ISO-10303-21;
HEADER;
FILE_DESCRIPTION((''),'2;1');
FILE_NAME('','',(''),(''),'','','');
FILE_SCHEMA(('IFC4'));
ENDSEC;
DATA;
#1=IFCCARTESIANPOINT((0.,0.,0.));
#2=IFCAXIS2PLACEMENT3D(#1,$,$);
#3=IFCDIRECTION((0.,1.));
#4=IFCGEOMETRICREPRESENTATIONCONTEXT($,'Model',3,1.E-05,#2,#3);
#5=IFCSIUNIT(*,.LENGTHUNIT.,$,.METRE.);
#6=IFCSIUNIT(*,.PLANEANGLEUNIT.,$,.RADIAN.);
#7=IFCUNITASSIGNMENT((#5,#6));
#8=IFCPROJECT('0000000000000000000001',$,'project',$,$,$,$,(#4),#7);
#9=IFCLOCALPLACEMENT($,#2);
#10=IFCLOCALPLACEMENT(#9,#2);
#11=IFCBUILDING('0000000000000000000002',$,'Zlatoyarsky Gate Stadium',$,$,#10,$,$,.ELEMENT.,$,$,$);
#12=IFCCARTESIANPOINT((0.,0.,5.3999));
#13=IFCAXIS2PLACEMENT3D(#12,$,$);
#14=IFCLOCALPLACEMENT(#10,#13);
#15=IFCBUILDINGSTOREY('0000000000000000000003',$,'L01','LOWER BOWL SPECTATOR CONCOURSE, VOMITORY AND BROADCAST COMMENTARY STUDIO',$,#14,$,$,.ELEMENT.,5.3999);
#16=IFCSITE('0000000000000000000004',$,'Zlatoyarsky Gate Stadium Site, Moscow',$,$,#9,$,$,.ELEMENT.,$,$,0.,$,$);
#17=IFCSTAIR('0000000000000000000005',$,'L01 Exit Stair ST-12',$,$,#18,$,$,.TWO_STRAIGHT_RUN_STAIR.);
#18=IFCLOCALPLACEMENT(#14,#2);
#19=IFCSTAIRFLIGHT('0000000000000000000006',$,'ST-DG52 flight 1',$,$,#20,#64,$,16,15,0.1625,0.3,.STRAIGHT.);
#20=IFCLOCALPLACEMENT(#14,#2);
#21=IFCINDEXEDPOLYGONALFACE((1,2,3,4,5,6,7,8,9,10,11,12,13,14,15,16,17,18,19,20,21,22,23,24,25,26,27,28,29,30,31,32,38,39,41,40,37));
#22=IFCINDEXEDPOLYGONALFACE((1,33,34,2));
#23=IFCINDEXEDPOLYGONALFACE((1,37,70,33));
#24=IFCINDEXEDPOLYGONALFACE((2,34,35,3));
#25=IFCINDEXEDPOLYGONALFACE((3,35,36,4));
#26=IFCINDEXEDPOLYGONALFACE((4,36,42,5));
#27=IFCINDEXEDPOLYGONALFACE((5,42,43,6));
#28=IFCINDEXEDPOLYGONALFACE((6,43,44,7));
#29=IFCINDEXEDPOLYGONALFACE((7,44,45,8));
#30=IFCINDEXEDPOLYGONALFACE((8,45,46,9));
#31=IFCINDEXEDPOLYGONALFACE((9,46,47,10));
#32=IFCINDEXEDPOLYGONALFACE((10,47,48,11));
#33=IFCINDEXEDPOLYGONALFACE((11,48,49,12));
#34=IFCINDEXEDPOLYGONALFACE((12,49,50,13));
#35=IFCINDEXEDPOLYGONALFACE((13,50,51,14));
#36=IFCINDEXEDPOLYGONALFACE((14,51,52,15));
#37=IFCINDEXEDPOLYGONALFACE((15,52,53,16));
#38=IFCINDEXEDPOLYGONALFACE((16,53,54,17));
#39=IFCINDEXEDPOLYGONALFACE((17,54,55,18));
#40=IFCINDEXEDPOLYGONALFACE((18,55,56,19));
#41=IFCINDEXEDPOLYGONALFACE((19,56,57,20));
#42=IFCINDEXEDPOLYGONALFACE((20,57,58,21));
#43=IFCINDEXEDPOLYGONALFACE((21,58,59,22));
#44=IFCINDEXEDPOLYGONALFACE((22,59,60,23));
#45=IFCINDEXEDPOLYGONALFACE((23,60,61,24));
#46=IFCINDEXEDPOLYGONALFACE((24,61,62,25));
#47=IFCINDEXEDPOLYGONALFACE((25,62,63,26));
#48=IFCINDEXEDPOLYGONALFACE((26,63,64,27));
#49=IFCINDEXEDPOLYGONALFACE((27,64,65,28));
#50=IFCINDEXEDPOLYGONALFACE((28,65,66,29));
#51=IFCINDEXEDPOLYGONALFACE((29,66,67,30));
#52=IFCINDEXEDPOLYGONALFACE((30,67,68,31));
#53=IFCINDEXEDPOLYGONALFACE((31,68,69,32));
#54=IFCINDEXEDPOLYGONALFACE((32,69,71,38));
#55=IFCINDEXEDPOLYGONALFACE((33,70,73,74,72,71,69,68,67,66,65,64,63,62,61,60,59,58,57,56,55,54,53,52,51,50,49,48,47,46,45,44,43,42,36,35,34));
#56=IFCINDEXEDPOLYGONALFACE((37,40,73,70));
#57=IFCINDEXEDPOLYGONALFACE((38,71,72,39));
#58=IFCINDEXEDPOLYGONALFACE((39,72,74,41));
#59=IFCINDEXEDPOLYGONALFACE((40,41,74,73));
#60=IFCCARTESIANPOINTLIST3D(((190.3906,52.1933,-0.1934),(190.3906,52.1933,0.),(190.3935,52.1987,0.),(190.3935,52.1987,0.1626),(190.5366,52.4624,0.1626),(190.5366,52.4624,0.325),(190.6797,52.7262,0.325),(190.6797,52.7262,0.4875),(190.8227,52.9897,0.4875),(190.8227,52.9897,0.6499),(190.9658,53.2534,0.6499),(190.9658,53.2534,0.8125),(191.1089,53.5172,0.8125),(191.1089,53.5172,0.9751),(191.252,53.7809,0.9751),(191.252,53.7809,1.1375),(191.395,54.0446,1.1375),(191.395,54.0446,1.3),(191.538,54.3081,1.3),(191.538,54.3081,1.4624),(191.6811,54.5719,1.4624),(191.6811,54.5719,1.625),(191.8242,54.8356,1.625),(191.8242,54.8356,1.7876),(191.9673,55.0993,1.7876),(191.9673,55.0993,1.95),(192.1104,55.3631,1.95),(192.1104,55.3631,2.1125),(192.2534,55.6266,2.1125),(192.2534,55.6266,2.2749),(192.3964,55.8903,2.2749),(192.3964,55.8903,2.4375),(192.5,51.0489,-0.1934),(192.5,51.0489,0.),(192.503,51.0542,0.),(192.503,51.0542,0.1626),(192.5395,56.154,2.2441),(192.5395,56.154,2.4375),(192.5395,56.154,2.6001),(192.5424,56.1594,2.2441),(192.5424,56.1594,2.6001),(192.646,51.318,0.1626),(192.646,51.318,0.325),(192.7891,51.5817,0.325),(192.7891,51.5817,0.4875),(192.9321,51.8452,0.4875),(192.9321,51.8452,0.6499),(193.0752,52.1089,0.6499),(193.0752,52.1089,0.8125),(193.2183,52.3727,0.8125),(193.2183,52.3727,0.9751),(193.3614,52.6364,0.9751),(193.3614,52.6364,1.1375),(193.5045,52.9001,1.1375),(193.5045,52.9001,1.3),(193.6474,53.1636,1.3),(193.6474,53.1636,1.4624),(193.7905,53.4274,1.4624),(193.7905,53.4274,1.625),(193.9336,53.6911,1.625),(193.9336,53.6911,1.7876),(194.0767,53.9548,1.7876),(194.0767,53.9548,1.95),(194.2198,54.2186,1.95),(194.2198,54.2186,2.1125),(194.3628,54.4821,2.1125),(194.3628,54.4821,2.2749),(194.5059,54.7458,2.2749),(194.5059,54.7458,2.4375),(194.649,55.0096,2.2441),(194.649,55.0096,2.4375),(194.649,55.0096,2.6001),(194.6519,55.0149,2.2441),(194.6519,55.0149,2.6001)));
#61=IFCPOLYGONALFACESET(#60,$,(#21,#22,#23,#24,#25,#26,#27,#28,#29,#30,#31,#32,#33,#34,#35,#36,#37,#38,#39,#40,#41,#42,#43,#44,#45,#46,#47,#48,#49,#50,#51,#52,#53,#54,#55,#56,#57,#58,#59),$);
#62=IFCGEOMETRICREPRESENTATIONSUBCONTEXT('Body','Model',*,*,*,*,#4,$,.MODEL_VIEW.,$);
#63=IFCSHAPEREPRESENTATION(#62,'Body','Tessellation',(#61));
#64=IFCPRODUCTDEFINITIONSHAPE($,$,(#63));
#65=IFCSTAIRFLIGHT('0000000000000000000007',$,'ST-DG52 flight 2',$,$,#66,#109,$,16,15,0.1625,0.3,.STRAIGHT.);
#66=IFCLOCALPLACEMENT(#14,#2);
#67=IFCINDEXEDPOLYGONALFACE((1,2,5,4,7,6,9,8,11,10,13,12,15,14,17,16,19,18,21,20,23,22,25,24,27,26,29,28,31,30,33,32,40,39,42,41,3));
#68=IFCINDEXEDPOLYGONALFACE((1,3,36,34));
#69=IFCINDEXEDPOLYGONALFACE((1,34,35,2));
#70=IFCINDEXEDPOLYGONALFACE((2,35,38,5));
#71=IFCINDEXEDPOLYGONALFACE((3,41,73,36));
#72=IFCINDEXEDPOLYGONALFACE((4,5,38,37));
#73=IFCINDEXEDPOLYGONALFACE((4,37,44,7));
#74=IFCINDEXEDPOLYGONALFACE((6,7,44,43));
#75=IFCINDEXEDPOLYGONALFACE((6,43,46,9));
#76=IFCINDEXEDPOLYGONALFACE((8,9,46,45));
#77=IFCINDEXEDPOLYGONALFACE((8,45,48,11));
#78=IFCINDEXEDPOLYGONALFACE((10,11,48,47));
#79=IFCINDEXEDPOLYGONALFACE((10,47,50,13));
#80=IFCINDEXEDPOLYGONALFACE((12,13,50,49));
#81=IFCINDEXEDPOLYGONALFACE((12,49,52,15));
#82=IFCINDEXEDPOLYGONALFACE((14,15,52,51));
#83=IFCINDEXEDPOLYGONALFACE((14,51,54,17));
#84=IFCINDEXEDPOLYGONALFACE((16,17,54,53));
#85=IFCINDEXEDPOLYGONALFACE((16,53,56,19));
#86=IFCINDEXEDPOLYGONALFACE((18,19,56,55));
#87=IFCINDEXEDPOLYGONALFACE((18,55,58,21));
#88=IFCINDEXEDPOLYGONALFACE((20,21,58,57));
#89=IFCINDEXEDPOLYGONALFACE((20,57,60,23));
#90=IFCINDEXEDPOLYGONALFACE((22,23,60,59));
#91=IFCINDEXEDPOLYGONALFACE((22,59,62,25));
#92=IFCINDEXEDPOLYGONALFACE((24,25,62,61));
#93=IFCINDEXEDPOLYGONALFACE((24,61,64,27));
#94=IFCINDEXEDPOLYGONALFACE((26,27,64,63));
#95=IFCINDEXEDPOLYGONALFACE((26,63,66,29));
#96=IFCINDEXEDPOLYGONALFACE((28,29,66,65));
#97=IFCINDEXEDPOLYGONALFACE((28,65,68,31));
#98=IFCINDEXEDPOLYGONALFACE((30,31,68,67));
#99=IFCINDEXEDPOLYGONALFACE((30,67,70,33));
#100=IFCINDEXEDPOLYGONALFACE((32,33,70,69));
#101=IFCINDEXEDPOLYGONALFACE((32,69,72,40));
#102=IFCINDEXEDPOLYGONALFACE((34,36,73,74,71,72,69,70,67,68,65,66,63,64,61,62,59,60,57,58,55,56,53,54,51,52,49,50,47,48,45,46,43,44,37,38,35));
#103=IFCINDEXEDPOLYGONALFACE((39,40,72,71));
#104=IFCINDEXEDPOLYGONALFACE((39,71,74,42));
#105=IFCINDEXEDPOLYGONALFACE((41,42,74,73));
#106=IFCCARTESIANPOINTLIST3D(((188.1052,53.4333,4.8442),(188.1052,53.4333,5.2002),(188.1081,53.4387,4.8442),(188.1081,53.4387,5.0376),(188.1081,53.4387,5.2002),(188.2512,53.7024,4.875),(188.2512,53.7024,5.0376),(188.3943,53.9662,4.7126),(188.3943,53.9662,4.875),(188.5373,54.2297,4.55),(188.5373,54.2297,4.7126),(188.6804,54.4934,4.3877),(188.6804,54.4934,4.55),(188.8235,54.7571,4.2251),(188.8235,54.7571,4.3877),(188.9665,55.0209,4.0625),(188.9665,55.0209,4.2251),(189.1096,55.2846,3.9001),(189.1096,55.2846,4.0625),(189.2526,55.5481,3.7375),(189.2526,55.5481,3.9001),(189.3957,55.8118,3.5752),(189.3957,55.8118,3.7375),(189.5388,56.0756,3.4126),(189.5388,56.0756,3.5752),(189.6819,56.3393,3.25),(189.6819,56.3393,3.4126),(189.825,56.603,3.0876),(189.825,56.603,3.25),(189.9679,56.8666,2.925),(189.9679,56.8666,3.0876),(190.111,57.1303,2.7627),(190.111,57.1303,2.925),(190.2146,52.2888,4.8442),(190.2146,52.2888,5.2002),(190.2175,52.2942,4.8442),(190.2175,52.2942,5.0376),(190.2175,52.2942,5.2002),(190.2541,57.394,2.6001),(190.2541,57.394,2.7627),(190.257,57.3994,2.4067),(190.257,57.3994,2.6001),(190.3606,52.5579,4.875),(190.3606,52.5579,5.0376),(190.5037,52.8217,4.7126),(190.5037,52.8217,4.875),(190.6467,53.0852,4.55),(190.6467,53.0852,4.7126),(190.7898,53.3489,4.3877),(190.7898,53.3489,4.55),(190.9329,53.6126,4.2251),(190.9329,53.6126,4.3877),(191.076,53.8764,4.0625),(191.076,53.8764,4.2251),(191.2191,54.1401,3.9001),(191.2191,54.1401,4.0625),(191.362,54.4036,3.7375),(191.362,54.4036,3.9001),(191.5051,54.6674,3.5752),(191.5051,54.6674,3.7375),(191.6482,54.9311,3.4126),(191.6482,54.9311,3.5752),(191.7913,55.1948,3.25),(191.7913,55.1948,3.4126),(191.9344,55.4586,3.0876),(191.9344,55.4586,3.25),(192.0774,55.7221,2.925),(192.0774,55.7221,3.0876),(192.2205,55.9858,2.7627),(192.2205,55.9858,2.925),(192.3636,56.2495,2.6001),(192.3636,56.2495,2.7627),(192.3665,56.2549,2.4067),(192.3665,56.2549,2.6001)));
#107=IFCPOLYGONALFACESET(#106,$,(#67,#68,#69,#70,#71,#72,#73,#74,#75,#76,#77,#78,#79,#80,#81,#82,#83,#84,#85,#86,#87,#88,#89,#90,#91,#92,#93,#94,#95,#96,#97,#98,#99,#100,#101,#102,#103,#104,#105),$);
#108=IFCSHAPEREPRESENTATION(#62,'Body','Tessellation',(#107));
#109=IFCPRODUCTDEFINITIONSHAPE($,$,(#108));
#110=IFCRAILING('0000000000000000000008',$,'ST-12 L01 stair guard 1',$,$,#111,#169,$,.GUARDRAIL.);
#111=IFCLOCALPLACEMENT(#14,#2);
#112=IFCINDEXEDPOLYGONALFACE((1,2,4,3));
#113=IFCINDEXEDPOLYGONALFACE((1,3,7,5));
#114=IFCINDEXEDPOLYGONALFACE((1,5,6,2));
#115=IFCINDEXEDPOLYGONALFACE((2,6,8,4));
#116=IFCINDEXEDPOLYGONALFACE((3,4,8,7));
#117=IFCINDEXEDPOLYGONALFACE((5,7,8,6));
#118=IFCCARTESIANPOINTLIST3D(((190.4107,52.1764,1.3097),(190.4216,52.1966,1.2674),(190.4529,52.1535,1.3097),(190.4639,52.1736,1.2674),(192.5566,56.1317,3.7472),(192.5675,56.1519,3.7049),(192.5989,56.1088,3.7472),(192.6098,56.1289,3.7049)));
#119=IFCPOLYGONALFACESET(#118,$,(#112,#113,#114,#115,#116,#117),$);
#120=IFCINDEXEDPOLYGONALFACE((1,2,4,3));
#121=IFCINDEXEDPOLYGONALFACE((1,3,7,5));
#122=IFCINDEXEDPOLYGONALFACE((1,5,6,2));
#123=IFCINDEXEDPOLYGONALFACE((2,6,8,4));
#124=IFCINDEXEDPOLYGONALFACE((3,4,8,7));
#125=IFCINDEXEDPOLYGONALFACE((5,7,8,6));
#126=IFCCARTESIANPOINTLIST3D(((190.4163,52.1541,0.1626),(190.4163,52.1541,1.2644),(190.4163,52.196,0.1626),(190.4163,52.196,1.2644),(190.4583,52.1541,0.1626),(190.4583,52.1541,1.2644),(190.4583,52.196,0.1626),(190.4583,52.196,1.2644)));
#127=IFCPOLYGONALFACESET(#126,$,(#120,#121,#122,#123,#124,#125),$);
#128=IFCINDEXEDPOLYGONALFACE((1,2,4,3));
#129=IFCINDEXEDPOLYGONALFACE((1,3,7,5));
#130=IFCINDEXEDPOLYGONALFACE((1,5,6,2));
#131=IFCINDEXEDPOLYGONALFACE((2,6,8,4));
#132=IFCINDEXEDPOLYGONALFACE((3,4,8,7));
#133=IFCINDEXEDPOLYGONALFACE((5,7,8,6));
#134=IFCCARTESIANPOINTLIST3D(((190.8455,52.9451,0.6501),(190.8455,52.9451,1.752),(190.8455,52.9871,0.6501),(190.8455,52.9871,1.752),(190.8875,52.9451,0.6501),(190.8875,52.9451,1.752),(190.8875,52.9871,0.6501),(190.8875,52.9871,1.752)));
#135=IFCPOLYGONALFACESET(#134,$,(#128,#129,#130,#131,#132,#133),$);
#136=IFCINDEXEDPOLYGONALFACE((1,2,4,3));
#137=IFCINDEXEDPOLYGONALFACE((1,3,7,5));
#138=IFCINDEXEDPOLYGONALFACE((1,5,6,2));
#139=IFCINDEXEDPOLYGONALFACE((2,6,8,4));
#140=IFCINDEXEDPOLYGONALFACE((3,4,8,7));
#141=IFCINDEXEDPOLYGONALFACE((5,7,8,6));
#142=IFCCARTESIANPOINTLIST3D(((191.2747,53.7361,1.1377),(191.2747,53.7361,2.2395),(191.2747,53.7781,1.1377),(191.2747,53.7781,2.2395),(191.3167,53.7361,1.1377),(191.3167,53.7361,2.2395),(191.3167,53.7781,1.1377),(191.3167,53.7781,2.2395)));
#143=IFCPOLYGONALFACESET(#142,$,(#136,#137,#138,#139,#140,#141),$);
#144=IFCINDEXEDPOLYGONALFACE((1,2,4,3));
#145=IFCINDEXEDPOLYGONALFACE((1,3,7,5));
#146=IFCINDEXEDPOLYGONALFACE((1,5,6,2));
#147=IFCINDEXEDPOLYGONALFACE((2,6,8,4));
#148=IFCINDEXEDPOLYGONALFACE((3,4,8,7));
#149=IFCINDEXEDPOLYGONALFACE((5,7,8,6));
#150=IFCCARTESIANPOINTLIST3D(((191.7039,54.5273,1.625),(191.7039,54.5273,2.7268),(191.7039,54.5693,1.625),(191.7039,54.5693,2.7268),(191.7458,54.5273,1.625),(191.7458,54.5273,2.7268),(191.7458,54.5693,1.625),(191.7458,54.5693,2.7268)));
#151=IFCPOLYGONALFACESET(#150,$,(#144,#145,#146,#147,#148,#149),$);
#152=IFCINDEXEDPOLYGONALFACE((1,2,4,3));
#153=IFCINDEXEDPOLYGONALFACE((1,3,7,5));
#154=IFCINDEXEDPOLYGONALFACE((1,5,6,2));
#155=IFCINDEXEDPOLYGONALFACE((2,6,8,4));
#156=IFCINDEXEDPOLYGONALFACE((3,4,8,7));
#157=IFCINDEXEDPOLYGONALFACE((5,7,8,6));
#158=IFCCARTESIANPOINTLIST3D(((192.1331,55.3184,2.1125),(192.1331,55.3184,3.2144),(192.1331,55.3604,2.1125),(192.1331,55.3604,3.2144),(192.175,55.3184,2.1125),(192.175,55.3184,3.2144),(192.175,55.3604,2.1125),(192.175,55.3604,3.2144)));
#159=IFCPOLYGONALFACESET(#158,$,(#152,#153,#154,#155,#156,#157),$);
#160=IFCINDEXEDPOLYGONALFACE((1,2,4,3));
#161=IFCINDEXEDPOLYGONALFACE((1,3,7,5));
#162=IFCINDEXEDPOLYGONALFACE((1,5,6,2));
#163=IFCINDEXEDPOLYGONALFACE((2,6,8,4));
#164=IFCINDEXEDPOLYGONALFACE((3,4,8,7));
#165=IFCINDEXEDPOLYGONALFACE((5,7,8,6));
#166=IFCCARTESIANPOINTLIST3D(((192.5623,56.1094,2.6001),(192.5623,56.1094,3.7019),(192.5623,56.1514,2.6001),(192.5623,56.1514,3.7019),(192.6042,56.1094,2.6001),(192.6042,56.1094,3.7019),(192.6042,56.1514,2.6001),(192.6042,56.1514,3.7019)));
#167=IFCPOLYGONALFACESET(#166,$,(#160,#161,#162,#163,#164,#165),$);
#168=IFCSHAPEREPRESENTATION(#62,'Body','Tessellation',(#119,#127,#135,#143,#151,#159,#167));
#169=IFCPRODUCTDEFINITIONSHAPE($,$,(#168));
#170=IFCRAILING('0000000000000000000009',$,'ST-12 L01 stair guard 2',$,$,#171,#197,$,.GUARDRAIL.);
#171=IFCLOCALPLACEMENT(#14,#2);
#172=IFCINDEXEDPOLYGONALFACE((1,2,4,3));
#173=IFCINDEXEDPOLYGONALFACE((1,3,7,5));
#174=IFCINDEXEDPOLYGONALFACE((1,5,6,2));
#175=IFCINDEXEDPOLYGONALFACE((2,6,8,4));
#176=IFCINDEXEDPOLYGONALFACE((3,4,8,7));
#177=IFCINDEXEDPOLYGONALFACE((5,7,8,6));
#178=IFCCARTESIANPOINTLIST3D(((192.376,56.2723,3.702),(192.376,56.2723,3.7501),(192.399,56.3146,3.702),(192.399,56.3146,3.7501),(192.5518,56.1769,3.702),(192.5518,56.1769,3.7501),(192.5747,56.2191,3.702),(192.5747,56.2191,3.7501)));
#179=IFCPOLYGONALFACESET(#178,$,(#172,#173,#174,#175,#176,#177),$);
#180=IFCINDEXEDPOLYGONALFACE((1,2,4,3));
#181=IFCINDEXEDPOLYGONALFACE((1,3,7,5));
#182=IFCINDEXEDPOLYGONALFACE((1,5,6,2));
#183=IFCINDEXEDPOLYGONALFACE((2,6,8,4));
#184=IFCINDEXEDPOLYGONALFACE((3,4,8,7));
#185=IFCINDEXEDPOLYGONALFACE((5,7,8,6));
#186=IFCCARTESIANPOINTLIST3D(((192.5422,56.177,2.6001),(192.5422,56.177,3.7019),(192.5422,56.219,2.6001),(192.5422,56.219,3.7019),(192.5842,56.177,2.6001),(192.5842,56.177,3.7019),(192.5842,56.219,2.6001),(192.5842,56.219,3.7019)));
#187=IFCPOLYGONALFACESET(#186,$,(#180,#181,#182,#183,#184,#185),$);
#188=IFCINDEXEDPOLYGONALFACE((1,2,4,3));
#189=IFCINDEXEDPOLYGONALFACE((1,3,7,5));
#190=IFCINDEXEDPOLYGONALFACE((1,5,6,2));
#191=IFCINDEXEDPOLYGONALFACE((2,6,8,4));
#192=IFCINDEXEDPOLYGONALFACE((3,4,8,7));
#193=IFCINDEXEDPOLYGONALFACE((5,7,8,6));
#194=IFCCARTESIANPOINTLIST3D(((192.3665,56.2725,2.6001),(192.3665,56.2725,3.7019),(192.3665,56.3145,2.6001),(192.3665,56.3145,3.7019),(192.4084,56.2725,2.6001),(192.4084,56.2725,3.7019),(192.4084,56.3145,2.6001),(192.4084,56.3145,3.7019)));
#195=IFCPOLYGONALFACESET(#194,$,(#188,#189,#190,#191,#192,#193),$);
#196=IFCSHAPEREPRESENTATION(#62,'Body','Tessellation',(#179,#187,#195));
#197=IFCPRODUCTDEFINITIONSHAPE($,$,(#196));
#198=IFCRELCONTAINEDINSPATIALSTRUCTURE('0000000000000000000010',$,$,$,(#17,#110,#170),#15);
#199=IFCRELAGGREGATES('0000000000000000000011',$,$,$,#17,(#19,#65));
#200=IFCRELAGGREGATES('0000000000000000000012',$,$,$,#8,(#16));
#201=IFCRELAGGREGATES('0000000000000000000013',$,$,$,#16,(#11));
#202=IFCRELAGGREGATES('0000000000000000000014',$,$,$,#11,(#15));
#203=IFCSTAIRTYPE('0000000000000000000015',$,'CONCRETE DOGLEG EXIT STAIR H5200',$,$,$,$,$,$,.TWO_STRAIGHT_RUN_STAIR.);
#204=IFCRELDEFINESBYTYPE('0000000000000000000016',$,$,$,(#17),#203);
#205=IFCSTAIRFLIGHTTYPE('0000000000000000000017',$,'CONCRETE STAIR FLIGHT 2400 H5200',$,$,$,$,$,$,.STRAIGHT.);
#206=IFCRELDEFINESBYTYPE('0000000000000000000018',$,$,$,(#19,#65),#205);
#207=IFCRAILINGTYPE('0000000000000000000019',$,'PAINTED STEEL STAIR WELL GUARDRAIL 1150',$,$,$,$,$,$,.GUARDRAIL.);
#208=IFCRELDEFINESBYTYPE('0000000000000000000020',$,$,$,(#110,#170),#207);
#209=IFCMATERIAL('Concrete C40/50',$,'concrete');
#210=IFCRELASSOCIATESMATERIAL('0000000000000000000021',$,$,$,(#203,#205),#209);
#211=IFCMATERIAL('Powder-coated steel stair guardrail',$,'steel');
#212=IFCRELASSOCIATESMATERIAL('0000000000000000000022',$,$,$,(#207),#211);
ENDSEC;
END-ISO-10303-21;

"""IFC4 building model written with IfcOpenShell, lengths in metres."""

from ifc_helpers import new_model, si_unit, direction, frame, origin, origin_2d, place, context, subcontext, project, spatial, polyline, rectangle, outline, extrude, material, type_object, element, aggregate, save


model = new_model("IFC4")

# Units and contexts
model_context = context("Model", 3, precision=1e-05, world=origin(), true_north=direction((0.0, 1.0)))
body_context = subcontext(model_context, "Body", "Model", "MODEL_VIEW")
ifc_project = project(units=[si_unit("LENGTHUNIT", "METRE"), si_unit("PLANEANGLEUNIT", "RADIAN")], contexts=[model_context])

# Site, building, storey
site_placement = place(None, origin())
site = spatial("IfcSite", under=ifc_project, at=site_placement, Name="Zlatoyarsky Gate Stadium Site, Moscow", CompositionType="ELEMENT", RefElevation=0.0)
building_placement = place(site_placement, origin())
building = spatial("IfcBuilding", under=site, at=building_placement, Name="Zlatoyarsky Gate Stadium", CompositionType="ELEMENT")
storey_placement = place(building_placement, frame((0.0, 0.0, 5.3999)))
storey = spatial("IfcBuildingStorey", under=building, at=storey_placement, Name="L01", Description="LOWER BOWL SPECTATOR CONCOURSE, VOMITORY AND BROADCAST COMMENTARY STUDIO", CompositionType="ELEMENT", Elevation=5.3999)

# Shared definitions
ifc_material_1 = material(Name="Concrete C40/50", Category="concrete")

# Stair, stair flights
stair_type = type_object("IfcStairType", Name="CONCRETE DOGLEG EXIT STAIR H5200", PredefinedType="TWO_STRAIGHT_RUN_STAIR", material=ifc_material_1)
stair_placement = place(storey_placement, origin())
stair = element("IfcStair", 1, at=stair_placement, inside=storey, type_object=stair_type, Name="L01 Exit Stair ST-12", PredefinedType="TWO_STRAIGHT_RUN_STAIR")
stair_flight_type = type_object("IfcStairFlightType", Name="CONCRETE STAIR FLIGHT 2400 H5200", PredefinedType="STRAIGHT", material=ifc_material_1)
stair_flight_1_placement = place(storey_placement, frame((191.4482, 51.6265, 0.0), z_axis=(0.0, 0.0, 1.0), x_axis=(0.47689, 0.878963, 0.0)))
stair_flight_1 = element("IfcStairFlight", 2, at=stair_flight_1_placement, type_object=stair_flight_type, Name="ST-DG52 flight 1", NumberOfRisers=16, NumberOfTreads=15, PredefinedType="STRAIGHT", RiserHeight=0.1625, TreadLength=0.3, context=body_context, shape_type="SweptSolid", body=[
    extrude(outline(polyline([(-0.0061, -0.1934), (-0.0061, 0.0), (0.0, 0.0), (0.0, 0.1626), (0.3, 0.1626), (0.3, 0.325), (0.6001, 0.325), (0.6001, 0.4875), (0.8999, 0.4875), (0.8999, 0.6499), (1.2, 0.6499), (1.2, 0.8125), (1.5, 0.8125), (1.5, 0.9751), (1.8, 0.9751), (1.8, 1.1375), (2.1001, 1.1375), (2.1001, 1.3), (2.3999, 1.3), (2.3999, 1.4624), (2.7, 1.4624), (2.7, 1.625), (3.0, 1.625), (3.0, 1.7876), (3.3, 1.7876), (3.3, 1.95), (3.6001, 1.95), (3.6001, 2.1125), (3.8999, 2.1125), (3.8999, 2.2749), (4.2, 2.2749), (4.2, 2.4375), (4.5, 2.4375), (4.5, 2.6001), (4.5061, 2.6001), (4.5061, 2.2441), (4.5, 2.2441), (-0.0061, -0.1934)])), frame((0.0, 1.2, 0.0), z_axis=(0.0, -1.0, 0.0), x_axis=(1.0, 0.0, 0.0)), (0.0, 0.0, 1.0), 2.3999),
])
stair_flight_2_placement = place(storey_placement, frame((191.3088, 56.8218, 2.6001), z_axis=(0.0, 0.0, 1.0), x_axis=(-0.47689, -0.878963, 0.0)))
stair_flight_2 = element("IfcStairFlight", 3, at=stair_flight_2_placement, type_object=stair_flight_type, Name="ST-DG52 flight 2", NumberOfRisers=16, NumberOfTreads=15, PredefinedType="STRAIGHT", RiserHeight=0.1625, TreadLength=0.3, context=body_context, shape_type="SweptSolid", body=[
    extrude(outline(polyline([(-0.0061, -0.1934), (-0.0061, 0.0), (0.0, 0.0), (0.0, 0.1626), (0.3, 0.1626), (0.3, 0.325), (0.6001, 0.325), (0.6001, 0.4875), (0.8999, 0.4875), (0.8999, 0.6499), (1.2, 0.6499), (1.2, 0.8125), (1.5, 0.8125), (1.5, 0.9751), (1.8, 0.9751), (1.8, 1.1375), (2.1001, 1.1375), (2.1001, 1.3), (2.3999, 1.3), (2.3999, 1.4624), (2.7, 1.4624), (2.7, 1.625), (3.0, 1.625), (3.0, 1.7876), (3.3, 1.7876), (3.3, 1.95), (3.6001, 1.95), (3.6001, 2.1125), (3.8999, 2.1125), (3.8999, 2.2749), (4.2, 2.2749), (4.2, 2.4375), (4.5, 2.4375), (4.5, 2.6001), (4.5061, 2.6001), (4.5061, 2.2441), (4.5, 2.2441), (-0.0061, -0.1934)])), frame((0.0, 1.2, 0.0), z_axis=(0.0, -1.0, 0.0), x_axis=(1.0, 0.0, 0.0)), (0.0, 0.0, 1.0), 2.3999),
])
aggregate(stair, [stair_flight_1, stair_flight_2])

# Railings
ifc_material_2 = material(Name="Powder-coated steel stair guardrail", Category="steel")
railing_type_1 = type_object("IfcRailingType", Name="PAINTED STEEL STAIR WELL GUARDRAIL 1150", PredefinedType="GUARDRAIL", material=ifc_material_2)
railing_1_placement = place(storey_placement, frame((190.4373, 52.175, 0.1626)))
element("IfcRailing", 4, at=railing_1_placement, inside=storey, type_object=railing_type_1, Name="ST-12 L01 stair guard 1", PredefinedType="GUARDRAIL", context=body_context, shape_type="SweptSolid", body=[
    extrude(rectangle(XDim=0.0481, YDim=0.0481, at=origin_2d()), frame((0.0, 0.0, 1.126), z_axis=(0.419325, 0.772865, 0.476284), x_axis=(-0.878963, 0.47689, 0.0)), (0.0, 0.0, 1.0), 5.1177),
    extrude(rectangle(XDim=0.042, YDim=0.042, at=origin_2d()), origin(), (0.0, 0.0, 1.0), 1.1018),
    extrude(rectangle(XDim=0.042, YDim=0.042, at=origin_2d()), frame((0.4292, 0.791, 0.4875)), (0.0, 0.0, 1.0), 1.1018),
    extrude(rectangle(XDim=0.042, YDim=0.042, at=origin_2d()), frame((0.8584, 1.582, 0.9751)), (0.0, 0.0, 1.0), 1.1018),
    extrude(rectangle(XDim=0.042, YDim=0.042, at=origin_2d()), frame((1.2876, 2.3733, 1.4624)), (0.0, 0.0, 1.0), 1.1018),
    extrude(rectangle(XDim=0.042, YDim=0.042, at=origin_2d()), frame((1.7168, 3.1643, 1.95)), (0.0, 0.0, 1.0), 1.1018),
    extrude(rectangle(XDim=0.042, YDim=0.042, at=origin_2d()), frame((2.146, 3.9553, 2.4375)), (0.0, 0.0, 1.0), 1.1018),
])
railing_2_placement = place(storey_placement, frame((192.5632, 56.198, 2.6001)))
element("IfcRailing", 5, at=railing_2_placement, inside=storey, type_object=railing_type_1, Name="ST-12 L01 stair guard 2", PredefinedType="GUARDRAIL", context=body_context, shape_type="SweptSolid", body=[
    extrude(rectangle(XDim=0.0481, YDim=0.0481, at=origin_2d()), frame((0.0, 0.0, 1.126), z_axis=(-0.87878, 0.477227, 0.0), x_axis=(-0.477227, -0.87878, 0.0)), (0.0, 0.0, 1.0), 0.2),
    extrude(rectangle(XDim=0.042, YDim=0.042, at=origin_2d()), origin(), (0.0, 0.0, 1.0), 1.1018),
    extrude(rectangle(XDim=0.042, YDim=0.042, at=origin_2d()), frame((-0.1758, 0.0955, 0.0)), (0.0, 0.0, 1.0), 1.1018),
])

save(model, "model.ifc")
